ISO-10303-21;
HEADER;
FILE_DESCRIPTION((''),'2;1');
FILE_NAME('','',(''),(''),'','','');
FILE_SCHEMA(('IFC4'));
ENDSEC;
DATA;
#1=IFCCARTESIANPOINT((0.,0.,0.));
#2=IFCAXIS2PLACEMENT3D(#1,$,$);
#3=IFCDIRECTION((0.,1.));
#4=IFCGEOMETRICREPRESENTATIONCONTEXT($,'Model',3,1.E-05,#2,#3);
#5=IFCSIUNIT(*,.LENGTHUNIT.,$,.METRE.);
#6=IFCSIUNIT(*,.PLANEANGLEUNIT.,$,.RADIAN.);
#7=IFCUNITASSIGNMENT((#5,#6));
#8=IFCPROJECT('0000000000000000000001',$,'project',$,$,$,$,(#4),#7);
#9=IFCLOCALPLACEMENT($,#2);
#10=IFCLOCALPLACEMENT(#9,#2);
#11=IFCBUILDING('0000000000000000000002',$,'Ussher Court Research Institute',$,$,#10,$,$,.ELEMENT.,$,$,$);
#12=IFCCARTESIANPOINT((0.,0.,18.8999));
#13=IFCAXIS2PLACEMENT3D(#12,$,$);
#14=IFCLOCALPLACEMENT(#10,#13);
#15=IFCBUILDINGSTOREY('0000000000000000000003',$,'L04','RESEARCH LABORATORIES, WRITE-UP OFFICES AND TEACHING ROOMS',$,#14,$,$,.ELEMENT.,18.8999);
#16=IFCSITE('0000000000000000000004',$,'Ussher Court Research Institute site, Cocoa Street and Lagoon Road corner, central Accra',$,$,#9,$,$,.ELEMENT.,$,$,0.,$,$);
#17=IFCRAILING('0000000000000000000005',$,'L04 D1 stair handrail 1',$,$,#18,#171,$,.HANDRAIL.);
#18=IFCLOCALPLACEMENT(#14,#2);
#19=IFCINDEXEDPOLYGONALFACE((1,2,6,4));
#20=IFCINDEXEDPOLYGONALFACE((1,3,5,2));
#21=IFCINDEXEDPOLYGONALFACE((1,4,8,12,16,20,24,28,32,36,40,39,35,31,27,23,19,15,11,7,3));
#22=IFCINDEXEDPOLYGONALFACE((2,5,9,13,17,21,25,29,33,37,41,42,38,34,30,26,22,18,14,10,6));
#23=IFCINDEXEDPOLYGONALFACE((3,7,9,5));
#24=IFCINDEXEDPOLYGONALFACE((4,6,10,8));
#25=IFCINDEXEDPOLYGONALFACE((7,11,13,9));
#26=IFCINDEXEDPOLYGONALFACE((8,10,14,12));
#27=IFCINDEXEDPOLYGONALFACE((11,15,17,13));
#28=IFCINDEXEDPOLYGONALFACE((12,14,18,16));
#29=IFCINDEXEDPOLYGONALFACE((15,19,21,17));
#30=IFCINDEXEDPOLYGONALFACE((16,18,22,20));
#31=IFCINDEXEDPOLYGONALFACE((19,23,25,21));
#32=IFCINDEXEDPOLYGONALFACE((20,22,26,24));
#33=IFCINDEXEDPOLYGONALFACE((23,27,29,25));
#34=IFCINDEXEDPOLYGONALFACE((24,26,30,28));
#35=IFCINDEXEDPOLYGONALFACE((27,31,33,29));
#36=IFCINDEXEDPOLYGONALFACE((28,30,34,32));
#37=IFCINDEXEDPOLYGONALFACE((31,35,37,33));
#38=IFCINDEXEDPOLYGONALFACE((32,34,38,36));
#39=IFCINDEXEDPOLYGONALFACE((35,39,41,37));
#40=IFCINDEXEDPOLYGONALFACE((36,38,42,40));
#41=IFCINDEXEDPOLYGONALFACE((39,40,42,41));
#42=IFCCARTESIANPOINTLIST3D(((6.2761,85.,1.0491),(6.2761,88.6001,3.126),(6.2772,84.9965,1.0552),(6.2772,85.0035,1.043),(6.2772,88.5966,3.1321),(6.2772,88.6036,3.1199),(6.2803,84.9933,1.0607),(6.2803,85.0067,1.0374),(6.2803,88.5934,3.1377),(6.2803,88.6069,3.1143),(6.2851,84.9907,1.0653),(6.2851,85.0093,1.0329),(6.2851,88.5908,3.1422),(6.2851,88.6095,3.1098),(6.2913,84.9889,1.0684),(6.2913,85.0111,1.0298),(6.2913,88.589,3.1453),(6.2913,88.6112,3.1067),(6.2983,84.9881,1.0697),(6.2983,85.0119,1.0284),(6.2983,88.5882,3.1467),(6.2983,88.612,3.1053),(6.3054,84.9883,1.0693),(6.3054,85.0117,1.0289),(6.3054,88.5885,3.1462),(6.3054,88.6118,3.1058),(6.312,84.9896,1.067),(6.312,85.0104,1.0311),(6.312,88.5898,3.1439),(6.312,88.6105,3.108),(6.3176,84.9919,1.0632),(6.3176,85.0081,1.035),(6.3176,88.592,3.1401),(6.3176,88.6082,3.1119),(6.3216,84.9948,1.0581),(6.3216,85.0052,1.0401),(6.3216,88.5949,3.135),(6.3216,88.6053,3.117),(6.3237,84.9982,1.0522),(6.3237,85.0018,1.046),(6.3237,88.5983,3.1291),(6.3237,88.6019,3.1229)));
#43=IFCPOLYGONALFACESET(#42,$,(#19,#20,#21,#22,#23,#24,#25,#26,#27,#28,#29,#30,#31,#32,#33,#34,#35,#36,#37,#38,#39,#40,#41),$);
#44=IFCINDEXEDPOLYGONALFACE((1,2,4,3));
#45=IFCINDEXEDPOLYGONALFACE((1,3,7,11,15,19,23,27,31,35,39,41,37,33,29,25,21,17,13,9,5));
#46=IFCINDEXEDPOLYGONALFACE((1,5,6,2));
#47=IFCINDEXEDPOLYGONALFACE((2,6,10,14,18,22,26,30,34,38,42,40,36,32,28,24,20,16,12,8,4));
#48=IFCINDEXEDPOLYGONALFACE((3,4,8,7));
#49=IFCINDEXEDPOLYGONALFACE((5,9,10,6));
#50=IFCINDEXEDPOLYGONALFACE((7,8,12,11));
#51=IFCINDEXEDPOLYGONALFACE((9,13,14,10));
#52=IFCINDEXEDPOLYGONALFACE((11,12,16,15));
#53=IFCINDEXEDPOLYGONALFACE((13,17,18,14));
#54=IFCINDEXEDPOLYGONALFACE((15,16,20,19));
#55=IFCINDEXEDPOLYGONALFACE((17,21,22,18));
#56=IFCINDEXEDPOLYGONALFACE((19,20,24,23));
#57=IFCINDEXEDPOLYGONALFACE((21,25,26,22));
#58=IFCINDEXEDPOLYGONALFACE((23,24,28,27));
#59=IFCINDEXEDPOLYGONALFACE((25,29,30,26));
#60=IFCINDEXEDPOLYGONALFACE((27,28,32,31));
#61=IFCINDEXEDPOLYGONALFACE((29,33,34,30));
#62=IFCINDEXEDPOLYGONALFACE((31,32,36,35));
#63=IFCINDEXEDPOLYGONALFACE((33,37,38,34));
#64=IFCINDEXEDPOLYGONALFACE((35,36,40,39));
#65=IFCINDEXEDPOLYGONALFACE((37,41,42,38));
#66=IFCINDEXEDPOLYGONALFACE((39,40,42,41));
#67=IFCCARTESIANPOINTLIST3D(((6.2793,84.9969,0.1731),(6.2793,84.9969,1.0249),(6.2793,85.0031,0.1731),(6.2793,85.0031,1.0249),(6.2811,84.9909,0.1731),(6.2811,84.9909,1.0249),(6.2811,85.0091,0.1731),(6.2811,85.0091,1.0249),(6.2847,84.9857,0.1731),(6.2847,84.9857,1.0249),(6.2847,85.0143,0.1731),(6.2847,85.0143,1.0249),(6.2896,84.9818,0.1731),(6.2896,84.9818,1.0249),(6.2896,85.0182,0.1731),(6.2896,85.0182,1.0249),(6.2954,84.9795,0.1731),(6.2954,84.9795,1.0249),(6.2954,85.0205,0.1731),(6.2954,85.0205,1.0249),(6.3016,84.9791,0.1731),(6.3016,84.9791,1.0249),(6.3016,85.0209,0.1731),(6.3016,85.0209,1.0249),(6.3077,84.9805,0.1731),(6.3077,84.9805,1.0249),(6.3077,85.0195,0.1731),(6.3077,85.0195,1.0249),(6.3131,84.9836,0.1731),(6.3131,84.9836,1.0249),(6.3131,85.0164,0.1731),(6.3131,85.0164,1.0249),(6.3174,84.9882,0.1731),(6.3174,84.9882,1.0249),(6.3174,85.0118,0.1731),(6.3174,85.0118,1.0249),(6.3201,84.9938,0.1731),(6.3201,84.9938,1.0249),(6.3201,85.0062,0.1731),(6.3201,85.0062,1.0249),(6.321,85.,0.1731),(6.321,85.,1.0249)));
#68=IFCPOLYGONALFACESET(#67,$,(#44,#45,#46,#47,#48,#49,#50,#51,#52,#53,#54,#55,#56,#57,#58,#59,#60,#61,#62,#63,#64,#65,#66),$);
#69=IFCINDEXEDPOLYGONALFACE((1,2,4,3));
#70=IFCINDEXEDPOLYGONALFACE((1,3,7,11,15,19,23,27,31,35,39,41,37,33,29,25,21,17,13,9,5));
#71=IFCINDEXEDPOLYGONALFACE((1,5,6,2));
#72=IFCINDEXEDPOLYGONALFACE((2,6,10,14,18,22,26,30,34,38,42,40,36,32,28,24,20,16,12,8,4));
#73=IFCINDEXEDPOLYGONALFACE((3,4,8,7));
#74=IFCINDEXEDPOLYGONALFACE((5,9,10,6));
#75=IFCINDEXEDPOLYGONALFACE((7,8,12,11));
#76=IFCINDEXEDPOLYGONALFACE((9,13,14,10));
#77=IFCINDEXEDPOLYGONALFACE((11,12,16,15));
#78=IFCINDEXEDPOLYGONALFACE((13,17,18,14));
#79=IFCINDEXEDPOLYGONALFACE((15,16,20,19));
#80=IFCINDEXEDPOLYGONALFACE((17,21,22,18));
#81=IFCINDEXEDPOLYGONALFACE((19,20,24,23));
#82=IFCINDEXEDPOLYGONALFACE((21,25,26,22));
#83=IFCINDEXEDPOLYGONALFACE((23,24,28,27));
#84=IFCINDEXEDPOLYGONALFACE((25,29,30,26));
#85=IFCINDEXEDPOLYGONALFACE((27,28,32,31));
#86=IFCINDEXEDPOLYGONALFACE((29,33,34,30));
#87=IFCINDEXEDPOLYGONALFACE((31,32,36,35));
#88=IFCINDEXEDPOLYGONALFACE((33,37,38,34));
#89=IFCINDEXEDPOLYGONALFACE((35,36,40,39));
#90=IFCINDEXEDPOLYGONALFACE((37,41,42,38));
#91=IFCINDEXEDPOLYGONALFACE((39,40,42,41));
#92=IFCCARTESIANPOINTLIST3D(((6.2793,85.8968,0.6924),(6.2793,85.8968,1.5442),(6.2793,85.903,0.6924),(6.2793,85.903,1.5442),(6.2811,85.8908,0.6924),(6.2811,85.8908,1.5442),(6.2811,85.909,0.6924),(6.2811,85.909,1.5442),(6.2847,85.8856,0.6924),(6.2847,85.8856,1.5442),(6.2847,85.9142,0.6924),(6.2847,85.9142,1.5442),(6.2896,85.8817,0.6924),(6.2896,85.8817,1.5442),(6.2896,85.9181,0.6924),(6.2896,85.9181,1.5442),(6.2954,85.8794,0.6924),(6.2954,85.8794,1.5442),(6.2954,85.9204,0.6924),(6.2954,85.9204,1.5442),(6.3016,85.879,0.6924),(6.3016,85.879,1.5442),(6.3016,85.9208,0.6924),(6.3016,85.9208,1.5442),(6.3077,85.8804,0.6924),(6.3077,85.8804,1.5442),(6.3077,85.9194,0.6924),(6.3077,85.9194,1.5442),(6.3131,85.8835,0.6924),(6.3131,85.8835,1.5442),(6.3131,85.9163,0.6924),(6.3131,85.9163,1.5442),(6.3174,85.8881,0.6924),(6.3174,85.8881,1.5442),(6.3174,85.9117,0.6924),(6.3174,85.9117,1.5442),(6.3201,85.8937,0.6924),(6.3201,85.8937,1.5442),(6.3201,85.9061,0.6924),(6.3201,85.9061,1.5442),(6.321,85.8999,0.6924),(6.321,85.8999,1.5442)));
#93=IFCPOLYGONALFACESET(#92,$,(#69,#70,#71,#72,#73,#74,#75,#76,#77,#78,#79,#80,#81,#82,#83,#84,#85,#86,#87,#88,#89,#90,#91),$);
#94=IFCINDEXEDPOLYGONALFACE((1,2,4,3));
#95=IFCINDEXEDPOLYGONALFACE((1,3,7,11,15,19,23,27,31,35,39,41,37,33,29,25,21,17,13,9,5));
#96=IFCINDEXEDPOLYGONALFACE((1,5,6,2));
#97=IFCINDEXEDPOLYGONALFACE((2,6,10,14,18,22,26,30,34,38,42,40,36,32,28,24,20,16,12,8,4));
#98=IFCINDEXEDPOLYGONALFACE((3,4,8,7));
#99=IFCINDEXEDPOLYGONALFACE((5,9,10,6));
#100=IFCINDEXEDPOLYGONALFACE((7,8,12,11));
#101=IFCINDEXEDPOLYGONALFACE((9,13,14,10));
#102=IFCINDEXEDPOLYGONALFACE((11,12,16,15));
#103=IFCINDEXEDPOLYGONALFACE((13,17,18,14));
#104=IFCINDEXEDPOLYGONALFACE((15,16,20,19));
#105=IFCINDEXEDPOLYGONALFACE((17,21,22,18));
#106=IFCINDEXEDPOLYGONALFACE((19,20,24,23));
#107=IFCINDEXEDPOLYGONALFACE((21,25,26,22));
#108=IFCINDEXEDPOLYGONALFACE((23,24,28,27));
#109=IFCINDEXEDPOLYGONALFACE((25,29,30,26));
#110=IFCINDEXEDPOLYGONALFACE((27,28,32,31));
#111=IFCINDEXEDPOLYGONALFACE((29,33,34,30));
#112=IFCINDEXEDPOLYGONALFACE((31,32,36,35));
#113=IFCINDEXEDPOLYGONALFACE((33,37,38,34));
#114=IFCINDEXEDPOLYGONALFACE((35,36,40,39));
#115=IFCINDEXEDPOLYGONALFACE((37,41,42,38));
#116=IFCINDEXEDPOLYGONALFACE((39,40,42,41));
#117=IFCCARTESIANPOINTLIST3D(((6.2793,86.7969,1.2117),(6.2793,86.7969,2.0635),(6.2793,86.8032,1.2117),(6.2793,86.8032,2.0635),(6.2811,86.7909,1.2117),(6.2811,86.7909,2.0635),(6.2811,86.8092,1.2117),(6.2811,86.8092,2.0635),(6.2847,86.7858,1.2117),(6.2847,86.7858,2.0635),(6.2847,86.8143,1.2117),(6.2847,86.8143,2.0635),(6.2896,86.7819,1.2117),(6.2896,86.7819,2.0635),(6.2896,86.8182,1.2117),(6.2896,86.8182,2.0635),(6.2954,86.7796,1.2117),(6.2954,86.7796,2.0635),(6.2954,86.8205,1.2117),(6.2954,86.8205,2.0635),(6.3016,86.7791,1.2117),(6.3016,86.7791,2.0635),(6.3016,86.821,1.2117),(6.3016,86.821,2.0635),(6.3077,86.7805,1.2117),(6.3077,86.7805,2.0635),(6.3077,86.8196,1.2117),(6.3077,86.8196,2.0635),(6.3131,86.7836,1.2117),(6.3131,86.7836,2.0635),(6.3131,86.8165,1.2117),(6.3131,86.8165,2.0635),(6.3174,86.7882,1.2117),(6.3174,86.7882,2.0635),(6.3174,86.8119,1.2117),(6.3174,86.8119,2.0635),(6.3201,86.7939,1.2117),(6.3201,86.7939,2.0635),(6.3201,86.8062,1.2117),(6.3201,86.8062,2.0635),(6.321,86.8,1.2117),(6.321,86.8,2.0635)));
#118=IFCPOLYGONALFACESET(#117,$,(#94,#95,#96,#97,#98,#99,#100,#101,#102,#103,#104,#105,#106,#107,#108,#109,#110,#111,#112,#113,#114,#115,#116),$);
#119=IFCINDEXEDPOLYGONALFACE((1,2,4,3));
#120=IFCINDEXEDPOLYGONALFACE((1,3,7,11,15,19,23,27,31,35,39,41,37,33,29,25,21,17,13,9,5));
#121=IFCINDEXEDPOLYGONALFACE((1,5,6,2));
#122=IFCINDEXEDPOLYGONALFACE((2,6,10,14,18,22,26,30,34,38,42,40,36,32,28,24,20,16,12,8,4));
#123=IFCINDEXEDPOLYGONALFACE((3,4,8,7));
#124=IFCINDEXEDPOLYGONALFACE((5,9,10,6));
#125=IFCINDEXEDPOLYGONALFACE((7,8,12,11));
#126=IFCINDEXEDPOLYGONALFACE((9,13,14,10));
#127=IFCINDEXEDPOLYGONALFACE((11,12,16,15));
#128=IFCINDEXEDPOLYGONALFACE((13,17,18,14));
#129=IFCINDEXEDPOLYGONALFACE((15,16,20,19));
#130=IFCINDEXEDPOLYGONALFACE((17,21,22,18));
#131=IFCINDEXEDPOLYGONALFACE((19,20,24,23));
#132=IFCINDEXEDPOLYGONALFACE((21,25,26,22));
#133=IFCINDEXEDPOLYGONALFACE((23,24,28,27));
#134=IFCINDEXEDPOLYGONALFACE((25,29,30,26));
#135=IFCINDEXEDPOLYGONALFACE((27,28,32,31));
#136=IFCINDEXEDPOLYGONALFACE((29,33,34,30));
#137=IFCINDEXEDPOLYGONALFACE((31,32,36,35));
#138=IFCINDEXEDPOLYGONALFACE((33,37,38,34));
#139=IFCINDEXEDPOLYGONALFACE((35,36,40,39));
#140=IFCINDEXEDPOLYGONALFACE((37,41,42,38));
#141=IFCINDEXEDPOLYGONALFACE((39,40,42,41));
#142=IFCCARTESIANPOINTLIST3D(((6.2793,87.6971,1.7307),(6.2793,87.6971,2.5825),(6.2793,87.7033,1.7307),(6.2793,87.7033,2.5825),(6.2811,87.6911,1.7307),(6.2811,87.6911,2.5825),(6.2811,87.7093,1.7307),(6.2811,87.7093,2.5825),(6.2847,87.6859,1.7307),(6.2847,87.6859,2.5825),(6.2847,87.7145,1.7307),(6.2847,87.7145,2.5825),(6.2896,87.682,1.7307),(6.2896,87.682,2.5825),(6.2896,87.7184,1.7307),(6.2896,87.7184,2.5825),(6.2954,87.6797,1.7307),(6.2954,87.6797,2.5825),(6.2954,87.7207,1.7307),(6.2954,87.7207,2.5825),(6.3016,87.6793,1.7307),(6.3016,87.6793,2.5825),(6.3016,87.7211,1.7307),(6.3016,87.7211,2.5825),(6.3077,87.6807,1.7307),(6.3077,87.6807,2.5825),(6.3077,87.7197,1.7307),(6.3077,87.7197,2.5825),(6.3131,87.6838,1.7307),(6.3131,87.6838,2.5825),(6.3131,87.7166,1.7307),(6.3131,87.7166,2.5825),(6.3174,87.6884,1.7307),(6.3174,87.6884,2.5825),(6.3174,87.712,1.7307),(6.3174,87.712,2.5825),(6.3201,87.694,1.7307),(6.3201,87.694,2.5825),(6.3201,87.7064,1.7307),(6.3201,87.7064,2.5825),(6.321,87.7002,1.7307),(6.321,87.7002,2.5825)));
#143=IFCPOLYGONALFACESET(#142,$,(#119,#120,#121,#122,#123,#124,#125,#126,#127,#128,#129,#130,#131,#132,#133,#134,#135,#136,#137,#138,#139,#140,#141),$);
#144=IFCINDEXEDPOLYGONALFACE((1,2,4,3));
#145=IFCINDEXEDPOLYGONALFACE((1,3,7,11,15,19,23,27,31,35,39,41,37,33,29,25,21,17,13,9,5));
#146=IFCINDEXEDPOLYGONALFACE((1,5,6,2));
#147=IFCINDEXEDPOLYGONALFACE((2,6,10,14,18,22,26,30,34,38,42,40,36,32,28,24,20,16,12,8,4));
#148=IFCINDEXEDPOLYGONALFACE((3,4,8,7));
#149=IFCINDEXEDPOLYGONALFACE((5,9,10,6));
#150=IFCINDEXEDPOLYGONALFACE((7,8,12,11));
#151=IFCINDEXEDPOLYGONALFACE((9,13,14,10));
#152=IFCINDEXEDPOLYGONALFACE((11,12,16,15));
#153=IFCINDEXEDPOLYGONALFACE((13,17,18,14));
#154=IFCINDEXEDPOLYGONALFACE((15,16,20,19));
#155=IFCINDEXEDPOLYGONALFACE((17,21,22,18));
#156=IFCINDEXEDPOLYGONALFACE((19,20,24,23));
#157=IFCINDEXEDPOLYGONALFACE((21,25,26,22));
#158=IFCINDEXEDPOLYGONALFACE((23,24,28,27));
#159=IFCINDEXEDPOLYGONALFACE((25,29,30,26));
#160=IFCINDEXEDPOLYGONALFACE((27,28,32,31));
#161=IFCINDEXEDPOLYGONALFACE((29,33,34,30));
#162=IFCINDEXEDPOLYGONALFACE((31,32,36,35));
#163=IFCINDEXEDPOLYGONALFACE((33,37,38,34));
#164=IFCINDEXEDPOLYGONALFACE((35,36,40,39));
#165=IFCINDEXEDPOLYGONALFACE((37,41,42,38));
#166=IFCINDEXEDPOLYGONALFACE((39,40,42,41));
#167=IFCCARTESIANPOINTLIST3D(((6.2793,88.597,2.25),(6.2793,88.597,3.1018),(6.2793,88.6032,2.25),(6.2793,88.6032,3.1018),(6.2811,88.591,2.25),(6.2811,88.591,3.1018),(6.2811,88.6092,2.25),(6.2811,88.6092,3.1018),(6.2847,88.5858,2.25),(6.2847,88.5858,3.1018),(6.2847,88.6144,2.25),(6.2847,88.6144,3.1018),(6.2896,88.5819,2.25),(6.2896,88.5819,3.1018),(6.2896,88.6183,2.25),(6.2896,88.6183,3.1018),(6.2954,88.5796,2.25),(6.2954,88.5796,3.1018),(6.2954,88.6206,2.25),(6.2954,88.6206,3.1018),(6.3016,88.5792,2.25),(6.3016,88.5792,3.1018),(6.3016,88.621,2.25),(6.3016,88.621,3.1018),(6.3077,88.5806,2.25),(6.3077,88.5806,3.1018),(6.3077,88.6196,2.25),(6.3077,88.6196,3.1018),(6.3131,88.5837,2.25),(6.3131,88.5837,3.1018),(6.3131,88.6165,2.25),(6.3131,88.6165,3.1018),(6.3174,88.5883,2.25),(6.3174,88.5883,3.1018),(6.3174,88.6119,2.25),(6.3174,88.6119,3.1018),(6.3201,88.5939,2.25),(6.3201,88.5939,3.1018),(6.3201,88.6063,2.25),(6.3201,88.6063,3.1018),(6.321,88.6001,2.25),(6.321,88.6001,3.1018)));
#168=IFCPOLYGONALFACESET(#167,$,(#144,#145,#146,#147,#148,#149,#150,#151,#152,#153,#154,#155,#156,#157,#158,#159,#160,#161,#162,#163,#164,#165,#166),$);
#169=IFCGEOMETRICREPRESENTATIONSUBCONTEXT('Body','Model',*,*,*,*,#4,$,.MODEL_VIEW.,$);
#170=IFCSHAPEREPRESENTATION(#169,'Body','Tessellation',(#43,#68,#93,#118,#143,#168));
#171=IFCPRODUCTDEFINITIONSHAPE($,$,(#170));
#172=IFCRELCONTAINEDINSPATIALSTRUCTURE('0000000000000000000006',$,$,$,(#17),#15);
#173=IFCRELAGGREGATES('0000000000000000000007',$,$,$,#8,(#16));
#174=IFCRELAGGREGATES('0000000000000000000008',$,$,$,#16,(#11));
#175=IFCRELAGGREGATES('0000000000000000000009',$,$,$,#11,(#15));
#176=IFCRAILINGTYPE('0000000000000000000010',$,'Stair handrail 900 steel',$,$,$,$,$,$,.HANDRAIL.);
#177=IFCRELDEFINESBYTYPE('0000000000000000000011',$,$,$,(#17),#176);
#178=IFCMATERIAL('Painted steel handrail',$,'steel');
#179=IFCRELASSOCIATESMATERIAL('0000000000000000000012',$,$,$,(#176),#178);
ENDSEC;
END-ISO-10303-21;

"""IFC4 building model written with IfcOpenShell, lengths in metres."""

from ifc_helpers import new_model, si_unit, direction, frame, origin, origin_2d, place, context, subcontext, project, spatial, circle, extrude, material, type_object, element, save


model = new_model("IFC4")

# Units and contexts
model_context = context("Model", 3, precision=1e-05, world=origin(), true_north=direction((0.0, 1.0)))
body_context = subcontext(model_context, "Body", "Model", "MODEL_VIEW")
ifc_project = project(units=[si_unit("LENGTHUNIT", "METRE"), si_unit("PLANEANGLEUNIT", "RADIAN")], contexts=[model_context])

# Site, building, storey
site_placement = place(None, origin())
site = spatial("IfcSite", under=ifc_project, at=site_placement, Name="Ussher Court Research Institute site, Cocoa Street and Lagoon Road corner, central Accra", CompositionType="ELEMENT", RefElevation=0.0)
building_placement = place(site_placement, origin())
building = spatial("IfcBuilding", under=site, at=building_placement, Name="Ussher Court Research Institute", CompositionType="ELEMENT")
storey_placement = place(building_placement, frame((0.0, 0.0, 18.8999)))
storey = spatial("IfcBuildingStorey", under=building, at=storey_placement, Name="L04", Description="RESEARCH LABORATORIES, WRITE-UP OFFICES AND TEACHING ROOMS", CompositionType="ELEMENT", Elevation=18.8999)

# Railing
ifc_material_1 = material(Name="Painted steel handrail", Category="steel")
railing_type_1 = type_object("IfcRailingType", Name="Stair handrail 900 steel", PredefinedType="HANDRAIL", material=ifc_material_1)
railing_1_placement = place(storey_placement, frame((6.3, 85.0, 0.1731)))
element("IfcRailing", 1, at=railing_1_placement, inside=storey, type_object=railing_type_1, Name="L04 D1 stair handrail 1", PredefinedType="HANDRAIL", context=body_context, shape_type="SweptSolid", body=[
    extrude(circle(Radius=0.0239, at=origin_2d()), frame((0.0, 0.0, 0.876), z_axis=(0.0, 0.866193, 0.499709), x_axis=(-1.0, 0.0, 0.0)), (0.0, 0.0, 1.0), 4.1562),
    extrude(circle(Radius=0.021, at=origin_2d()), origin(), (0.0, 0.0, 1.0), 0.8518),
    extrude(circle(Radius=0.021, at=origin_2d()), frame((0.0, 0.8999, 0.5193)), (0.0, 0.0, 1.0), 0.8518),
    extrude(circle(Radius=0.021, at=origin_2d()), frame((0.0, 1.8, 1.0386)), (0.0, 0.0, 1.0), 0.8518),
    extrude(circle(Radius=0.021, at=origin_2d()), frame((0.0, 2.7002, 1.5576)), (0.0, 0.0, 1.0), 0.8518),
    extrude(circle(Radius=0.021, at=origin_2d()), frame((0.0, 3.6001, 2.0769)), (0.0, 0.0, 1.0), 0.8518),
])

save(model, "model.ifc")
